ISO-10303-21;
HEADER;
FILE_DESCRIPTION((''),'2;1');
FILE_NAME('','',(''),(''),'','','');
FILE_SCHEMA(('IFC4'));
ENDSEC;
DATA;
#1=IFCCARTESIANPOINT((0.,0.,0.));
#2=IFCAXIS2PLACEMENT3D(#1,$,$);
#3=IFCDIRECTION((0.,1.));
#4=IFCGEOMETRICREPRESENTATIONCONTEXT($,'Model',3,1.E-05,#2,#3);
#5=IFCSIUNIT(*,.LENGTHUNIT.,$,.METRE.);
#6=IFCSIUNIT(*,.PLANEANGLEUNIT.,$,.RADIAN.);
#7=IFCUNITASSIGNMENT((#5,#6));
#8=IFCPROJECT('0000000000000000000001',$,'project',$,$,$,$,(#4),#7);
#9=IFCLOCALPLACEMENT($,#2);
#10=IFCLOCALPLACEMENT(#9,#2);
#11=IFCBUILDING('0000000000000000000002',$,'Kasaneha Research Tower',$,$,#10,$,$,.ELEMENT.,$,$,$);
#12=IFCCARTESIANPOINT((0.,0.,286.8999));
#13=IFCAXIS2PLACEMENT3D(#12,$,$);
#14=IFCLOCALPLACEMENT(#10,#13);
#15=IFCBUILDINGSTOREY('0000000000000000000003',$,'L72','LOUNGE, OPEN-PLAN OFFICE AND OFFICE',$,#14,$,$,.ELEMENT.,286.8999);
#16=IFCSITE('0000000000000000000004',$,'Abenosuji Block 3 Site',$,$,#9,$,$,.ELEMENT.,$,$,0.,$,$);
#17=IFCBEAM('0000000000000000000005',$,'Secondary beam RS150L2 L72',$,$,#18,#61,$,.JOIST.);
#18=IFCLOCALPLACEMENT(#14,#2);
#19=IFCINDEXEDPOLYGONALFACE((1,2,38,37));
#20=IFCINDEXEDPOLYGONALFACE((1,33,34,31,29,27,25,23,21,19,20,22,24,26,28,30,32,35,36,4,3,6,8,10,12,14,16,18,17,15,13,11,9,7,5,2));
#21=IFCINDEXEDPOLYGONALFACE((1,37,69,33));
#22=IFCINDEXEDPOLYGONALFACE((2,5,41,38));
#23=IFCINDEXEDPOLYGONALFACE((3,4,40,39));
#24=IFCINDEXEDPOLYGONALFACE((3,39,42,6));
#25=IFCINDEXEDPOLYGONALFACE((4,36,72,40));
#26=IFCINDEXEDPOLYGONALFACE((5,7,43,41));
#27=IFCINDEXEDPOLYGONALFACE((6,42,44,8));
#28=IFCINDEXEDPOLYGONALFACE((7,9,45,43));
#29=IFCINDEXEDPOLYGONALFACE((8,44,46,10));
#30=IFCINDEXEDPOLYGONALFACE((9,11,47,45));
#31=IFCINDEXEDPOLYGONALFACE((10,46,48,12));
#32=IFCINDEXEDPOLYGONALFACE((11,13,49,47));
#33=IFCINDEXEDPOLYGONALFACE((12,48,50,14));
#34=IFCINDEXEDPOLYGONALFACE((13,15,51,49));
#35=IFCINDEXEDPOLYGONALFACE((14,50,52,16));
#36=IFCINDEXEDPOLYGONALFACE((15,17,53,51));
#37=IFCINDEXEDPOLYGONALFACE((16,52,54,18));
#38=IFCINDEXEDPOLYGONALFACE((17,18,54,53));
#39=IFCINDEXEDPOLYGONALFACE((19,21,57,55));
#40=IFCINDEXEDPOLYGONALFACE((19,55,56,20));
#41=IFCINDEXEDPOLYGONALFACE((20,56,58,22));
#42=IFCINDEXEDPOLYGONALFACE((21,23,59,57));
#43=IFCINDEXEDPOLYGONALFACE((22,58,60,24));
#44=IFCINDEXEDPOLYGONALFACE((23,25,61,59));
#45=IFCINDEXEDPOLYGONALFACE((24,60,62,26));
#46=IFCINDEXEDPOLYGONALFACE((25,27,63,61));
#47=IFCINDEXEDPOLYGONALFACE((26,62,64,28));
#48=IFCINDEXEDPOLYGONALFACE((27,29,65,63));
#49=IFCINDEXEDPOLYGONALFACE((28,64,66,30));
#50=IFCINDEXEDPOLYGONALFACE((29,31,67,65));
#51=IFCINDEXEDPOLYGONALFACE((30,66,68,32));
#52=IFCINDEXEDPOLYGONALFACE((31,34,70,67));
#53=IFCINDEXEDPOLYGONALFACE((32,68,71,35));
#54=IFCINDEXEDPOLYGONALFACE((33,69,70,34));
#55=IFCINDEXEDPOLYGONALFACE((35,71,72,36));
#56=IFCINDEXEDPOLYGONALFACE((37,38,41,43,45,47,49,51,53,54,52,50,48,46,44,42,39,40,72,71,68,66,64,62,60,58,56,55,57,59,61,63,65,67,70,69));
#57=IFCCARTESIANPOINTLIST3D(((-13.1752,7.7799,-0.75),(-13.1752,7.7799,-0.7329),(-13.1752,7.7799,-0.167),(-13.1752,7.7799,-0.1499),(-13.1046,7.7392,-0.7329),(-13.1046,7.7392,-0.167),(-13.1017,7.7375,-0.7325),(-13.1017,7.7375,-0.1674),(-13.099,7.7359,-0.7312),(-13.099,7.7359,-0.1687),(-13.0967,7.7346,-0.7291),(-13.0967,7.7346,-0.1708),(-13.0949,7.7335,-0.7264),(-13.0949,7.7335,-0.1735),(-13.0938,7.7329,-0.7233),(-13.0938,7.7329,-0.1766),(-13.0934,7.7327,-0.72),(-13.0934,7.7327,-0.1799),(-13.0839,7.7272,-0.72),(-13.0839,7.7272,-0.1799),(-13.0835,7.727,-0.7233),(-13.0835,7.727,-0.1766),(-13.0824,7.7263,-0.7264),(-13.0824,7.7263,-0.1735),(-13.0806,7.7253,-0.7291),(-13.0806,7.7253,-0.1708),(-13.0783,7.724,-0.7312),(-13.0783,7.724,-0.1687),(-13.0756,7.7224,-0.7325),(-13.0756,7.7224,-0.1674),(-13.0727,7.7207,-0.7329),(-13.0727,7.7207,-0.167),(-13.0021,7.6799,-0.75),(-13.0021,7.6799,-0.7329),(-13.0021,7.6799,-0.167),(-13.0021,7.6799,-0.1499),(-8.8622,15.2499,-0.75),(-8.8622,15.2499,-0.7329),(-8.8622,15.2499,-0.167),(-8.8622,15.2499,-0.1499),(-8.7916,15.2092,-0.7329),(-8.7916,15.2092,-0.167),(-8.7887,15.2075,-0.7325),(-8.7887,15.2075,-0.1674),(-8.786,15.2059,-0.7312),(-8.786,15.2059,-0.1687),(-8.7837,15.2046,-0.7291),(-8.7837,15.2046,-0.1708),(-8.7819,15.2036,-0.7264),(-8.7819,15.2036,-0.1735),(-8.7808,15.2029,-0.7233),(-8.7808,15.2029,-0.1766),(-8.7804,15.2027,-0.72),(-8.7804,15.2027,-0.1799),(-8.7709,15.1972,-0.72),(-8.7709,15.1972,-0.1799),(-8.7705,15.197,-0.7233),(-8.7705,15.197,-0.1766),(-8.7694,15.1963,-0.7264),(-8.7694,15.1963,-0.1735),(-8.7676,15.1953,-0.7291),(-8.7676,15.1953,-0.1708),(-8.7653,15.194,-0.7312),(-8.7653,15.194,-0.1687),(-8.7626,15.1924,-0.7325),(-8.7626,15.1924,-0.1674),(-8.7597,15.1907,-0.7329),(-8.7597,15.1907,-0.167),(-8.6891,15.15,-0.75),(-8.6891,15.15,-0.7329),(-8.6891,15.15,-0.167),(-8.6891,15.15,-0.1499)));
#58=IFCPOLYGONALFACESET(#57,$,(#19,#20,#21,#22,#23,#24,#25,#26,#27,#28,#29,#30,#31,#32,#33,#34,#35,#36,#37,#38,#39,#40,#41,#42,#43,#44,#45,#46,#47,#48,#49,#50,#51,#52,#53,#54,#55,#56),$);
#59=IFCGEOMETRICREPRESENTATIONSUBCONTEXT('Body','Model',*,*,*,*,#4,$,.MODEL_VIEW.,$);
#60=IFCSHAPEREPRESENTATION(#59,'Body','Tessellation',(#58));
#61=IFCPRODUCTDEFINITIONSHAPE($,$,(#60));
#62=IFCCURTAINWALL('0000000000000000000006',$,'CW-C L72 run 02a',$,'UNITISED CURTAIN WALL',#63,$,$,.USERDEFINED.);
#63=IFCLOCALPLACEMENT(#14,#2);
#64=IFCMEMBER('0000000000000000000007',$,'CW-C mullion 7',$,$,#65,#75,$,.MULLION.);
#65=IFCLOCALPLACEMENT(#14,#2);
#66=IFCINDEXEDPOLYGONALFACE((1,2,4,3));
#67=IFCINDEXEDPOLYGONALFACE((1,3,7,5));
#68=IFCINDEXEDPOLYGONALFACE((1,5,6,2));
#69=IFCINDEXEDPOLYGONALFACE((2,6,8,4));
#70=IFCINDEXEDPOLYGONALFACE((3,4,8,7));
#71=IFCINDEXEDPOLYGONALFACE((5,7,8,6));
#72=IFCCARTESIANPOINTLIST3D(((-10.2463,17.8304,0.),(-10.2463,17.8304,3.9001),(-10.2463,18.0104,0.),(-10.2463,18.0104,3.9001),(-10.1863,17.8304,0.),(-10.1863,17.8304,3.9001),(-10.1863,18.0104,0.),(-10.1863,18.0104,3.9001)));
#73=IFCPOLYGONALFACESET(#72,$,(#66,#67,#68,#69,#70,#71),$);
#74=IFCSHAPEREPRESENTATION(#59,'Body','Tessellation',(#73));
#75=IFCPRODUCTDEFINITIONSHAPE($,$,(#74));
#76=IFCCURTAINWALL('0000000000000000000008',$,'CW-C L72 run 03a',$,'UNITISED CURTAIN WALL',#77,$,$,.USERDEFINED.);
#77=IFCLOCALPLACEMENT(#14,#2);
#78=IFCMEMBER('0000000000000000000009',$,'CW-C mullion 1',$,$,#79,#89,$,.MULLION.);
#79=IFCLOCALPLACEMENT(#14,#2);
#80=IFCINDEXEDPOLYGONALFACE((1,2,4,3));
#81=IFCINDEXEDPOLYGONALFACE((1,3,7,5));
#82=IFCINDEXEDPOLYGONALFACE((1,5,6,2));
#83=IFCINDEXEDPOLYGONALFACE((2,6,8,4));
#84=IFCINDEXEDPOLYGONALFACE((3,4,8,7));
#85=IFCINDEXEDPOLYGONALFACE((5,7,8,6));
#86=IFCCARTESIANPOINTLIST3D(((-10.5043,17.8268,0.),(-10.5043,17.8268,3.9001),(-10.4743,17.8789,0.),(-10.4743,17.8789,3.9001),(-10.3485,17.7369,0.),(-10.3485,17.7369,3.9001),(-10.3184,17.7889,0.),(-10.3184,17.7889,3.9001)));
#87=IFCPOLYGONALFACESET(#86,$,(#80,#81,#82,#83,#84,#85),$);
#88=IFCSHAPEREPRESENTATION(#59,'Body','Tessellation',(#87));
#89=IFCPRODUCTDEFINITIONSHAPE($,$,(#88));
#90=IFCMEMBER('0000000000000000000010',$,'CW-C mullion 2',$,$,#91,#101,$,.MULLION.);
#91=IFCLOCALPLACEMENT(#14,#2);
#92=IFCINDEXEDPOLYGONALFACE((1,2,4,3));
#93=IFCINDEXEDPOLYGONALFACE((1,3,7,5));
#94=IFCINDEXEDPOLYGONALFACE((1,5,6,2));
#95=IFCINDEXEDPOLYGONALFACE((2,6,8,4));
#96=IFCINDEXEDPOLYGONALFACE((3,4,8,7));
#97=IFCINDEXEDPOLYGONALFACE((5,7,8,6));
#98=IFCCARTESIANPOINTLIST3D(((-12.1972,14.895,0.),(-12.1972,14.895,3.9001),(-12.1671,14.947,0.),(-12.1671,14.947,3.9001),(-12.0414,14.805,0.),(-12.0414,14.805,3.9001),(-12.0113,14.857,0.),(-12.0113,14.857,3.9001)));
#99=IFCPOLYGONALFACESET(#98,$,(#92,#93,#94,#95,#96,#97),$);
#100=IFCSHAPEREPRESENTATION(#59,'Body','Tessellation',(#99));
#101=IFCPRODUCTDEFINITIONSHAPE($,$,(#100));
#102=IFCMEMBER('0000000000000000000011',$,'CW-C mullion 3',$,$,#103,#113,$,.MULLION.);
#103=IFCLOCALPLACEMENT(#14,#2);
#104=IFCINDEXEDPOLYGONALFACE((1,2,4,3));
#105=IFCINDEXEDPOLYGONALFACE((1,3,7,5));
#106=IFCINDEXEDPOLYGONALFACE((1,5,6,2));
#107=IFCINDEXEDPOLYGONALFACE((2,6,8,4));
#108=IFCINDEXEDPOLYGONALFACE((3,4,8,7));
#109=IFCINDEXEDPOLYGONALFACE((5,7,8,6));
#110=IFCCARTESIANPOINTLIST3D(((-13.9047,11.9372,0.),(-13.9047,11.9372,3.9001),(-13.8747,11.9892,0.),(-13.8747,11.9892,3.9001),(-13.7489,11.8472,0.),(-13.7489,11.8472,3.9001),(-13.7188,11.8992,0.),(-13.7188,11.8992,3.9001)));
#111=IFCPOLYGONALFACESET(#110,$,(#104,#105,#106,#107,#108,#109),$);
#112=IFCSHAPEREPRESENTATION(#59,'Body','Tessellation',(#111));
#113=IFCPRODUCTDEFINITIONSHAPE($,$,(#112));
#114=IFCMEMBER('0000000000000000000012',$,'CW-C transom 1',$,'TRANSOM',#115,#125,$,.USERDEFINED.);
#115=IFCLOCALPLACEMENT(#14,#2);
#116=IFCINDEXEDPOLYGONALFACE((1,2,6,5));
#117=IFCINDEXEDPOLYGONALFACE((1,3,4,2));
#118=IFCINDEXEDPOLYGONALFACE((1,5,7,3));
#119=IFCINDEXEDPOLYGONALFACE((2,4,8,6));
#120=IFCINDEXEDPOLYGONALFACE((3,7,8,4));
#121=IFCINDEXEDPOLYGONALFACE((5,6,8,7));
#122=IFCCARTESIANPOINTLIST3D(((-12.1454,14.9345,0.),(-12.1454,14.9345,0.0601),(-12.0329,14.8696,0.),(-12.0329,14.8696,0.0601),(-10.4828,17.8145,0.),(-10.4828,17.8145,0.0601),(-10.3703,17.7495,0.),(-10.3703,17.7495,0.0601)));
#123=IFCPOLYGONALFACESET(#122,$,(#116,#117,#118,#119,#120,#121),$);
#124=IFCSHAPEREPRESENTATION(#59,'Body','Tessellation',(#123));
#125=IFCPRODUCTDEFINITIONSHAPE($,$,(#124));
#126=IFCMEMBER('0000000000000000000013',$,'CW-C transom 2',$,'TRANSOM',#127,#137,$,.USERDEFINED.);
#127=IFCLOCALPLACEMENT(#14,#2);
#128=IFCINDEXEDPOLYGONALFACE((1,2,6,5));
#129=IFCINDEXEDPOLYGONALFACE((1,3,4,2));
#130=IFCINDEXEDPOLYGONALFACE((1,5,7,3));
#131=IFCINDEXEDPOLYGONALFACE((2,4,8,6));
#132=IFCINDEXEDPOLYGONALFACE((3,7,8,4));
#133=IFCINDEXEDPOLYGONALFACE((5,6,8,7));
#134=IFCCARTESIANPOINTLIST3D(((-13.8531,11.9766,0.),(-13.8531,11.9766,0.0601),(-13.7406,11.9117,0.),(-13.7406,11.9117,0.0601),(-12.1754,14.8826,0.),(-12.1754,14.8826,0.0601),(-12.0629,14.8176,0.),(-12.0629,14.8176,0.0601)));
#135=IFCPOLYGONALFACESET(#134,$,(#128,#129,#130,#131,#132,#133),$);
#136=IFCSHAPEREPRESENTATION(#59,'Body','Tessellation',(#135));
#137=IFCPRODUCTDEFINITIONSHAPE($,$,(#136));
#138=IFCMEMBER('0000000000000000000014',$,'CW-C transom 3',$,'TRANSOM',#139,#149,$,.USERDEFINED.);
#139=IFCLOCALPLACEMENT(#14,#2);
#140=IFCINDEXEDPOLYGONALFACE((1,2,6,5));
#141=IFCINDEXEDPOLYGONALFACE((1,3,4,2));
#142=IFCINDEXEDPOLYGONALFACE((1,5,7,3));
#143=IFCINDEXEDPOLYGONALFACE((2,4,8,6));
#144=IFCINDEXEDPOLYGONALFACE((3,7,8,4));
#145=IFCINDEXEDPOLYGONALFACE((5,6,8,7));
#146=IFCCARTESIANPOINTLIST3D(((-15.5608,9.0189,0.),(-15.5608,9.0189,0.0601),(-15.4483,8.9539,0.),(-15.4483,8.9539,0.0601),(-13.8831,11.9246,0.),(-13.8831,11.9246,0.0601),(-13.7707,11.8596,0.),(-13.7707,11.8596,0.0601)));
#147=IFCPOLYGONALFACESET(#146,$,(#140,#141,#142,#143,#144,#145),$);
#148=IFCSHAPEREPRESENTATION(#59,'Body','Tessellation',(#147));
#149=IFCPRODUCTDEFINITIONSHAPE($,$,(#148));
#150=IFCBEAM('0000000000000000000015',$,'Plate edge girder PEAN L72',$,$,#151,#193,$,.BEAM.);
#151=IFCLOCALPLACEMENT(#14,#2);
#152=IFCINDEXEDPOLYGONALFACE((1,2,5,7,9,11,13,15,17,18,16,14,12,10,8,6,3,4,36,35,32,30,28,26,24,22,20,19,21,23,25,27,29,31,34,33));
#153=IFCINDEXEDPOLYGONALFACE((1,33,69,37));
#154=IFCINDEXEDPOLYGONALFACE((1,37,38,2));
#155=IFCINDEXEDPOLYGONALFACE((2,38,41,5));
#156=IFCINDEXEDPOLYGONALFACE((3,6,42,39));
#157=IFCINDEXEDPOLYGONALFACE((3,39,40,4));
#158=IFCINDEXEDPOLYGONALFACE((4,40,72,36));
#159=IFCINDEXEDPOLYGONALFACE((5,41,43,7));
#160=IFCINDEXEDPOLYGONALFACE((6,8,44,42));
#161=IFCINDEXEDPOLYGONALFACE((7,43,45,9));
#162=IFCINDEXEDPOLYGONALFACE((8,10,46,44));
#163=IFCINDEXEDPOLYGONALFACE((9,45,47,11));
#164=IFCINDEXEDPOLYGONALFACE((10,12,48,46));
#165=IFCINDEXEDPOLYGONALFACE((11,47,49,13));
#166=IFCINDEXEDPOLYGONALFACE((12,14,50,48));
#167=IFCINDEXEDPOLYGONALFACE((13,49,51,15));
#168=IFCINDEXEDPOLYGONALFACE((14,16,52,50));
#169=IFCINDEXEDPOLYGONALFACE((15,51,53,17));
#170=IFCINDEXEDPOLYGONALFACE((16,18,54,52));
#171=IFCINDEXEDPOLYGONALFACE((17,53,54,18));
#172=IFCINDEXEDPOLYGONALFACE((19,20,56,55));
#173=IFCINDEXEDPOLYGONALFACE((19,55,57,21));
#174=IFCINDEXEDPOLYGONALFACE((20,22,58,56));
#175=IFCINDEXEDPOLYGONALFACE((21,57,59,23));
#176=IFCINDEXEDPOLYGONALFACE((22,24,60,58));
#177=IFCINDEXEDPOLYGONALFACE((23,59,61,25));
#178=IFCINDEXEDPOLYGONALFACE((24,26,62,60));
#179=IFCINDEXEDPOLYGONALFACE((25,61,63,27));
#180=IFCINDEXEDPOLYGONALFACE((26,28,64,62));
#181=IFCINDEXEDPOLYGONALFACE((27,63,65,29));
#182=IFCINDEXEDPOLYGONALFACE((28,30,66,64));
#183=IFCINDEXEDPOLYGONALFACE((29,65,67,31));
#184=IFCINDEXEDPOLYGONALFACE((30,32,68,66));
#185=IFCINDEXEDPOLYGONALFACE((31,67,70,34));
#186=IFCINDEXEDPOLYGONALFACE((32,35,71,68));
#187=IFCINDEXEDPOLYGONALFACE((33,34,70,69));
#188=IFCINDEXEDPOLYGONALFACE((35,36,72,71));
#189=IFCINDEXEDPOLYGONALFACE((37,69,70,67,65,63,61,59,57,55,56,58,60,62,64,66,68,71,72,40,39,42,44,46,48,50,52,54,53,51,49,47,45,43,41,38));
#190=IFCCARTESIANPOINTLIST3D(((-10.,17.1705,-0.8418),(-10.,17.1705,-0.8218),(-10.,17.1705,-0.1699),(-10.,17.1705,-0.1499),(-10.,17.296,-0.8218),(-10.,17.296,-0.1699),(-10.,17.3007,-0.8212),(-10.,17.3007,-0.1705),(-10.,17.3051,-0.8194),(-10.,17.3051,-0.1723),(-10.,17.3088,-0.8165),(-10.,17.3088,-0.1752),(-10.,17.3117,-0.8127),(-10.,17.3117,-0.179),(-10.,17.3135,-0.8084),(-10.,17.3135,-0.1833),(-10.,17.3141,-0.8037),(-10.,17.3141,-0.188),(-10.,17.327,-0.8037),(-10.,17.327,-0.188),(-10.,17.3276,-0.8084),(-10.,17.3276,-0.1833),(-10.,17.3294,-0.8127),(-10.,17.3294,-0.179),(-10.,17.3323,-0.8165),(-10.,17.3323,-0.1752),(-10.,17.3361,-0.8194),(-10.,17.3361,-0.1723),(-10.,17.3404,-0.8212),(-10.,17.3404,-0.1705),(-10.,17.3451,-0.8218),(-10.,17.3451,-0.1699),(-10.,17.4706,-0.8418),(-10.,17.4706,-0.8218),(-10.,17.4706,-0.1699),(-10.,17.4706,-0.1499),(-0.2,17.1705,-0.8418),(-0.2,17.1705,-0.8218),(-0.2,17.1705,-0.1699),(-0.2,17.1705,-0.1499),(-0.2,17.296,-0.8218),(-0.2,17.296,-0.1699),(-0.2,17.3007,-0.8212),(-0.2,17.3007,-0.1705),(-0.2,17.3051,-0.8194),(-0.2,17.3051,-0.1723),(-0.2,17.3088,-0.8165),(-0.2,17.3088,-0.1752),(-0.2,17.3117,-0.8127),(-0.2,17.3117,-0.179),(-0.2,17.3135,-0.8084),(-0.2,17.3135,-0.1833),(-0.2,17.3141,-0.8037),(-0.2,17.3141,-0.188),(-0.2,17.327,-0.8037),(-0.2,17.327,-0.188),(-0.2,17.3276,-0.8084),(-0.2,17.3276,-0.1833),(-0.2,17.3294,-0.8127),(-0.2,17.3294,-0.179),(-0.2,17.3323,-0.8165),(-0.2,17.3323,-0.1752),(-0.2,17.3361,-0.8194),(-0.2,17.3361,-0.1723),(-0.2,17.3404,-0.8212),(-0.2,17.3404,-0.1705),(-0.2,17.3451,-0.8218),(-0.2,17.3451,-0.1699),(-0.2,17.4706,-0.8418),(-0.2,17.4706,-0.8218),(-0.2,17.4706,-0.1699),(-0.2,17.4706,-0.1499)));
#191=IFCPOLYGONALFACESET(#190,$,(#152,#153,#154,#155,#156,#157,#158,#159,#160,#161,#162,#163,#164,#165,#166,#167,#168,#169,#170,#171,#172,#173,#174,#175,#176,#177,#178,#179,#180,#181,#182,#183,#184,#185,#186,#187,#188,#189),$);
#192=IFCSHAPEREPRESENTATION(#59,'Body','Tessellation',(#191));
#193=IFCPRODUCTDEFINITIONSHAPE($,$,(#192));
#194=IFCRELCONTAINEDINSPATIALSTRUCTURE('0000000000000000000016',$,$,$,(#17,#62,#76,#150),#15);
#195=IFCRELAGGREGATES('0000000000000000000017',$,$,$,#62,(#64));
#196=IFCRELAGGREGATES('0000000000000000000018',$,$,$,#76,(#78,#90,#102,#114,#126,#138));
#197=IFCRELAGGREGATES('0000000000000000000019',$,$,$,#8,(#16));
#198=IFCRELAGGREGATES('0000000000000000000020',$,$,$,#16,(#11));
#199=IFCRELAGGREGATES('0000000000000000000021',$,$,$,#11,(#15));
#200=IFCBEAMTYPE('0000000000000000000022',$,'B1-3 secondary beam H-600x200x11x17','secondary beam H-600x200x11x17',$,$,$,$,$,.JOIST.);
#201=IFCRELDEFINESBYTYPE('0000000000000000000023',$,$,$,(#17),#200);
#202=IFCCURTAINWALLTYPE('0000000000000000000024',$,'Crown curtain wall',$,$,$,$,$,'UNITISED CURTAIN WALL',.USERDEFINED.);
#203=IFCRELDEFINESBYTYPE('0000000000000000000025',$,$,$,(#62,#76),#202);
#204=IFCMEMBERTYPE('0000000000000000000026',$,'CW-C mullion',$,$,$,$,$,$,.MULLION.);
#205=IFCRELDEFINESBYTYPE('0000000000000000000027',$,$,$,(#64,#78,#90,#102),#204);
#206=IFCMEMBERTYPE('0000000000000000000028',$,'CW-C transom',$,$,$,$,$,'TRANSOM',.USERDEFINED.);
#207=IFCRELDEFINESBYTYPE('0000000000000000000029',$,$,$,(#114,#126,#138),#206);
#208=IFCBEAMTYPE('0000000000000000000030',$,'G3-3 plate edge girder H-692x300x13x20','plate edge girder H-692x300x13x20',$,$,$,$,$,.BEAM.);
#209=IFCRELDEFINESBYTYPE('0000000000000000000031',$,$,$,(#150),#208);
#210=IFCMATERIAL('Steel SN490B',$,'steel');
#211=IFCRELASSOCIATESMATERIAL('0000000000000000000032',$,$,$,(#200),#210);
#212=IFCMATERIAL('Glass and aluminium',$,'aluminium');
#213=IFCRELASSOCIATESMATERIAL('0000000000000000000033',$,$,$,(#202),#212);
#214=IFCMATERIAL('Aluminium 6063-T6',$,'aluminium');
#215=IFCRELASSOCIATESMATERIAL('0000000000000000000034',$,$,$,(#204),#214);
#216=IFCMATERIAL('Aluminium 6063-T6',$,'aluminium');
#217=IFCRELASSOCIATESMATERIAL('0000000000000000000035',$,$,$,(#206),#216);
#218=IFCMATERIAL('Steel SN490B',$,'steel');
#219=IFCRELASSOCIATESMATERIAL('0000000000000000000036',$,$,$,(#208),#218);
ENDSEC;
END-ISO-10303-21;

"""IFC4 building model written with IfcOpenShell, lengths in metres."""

from ifc_helpers import new_model, si_unit, direction, frame, origin, origin_2d, place, context, subcontext, project, spatial, rectangle, i_section, extrude, material, material_profile, profile_set, type_object, element, aggregate, save


model = new_model("IFC4")

# Units and contexts
model_context = context("Model", 3, precision=1e-05, world=origin(), true_north=direction((0.0, 1.0)))
body_context = subcontext(model_context, "Body", "Model", "MODEL_VIEW")
ifc_project = project(units=[si_unit("LENGTHUNIT", "METRE"), si_unit("PLANEANGLEUNIT", "RADIAN")], contexts=[model_context])

# Site, building, storey
site_placement = place(None, origin())
site = spatial("IfcSite", under=ifc_project, at=site_placement, Name="Abenosuji Block 3 Site", CompositionType="ELEMENT", RefElevation=0.0)
building_placement = place(site_placement, origin())
building = spatial("IfcBuilding", under=site, at=building_placement, Name="Kasaneha Research Tower", CompositionType="ELEMENT")
storey_placement = place(building_placement, frame((0.0, 0.0, 286.8999)))
storey = spatial("IfcBuildingStorey", under=building, at=storey_placement, Name="L72", Description="LOUNGE, OPEN-PLAN OFFICE AND OFFICE", CompositionType="ELEMENT", Elevation=286.8999)

# Beam
ifc_material_1 = material(Name="Steel SN490B", Category="steel")
ifc_material_profile_1 = material_profile(ifc_material_1, i_section(OverallWidth=0.2, OverallDepth=0.6001, WebThickness=0.011, FlangeThickness=0.0171, FilletRadius=0.0129, at=origin_2d()), Name="H-600x200x11x17")
ifc_profile_set_1 = profile_set([ifc_material_profile_1], Name="Steel SN490B")
beam_type_1 = type_object("IfcBeamType", Name="B1-3 secondary beam H-600x200x11x17", Description="secondary beam H-600x200x11x17", PredefinedType="JOIST", material=ifc_profile_set_1)
beam_1_placement = place(storey_placement, frame((-8.7756, 15.2, -0.45), z_axis=(-0.500017, -0.866015, 0.0), x_axis=(0.866015, -0.500017, 0.0)))
element("IfcBeam", 1, at=beam_1_placement, inside=storey, type_object=beam_type_1, Name="Secondary beam RS150L2 L72", PredefinedType="JOIST", context=body_context, shape_type="SweptSolid", body=[
    extrude(i_section(OverallWidth=0.2, OverallDepth=0.6001, WebThickness=0.011, FlangeThickness=0.0171, FilletRadius=0.0129, at=origin_2d()), origin(), (0.0, 0.0, 1.0), 8.6257),
])

# Curtain wall, member
ifc_material_2 = material(Name="Glass and aluminium", Category="aluminium")
curtain_wall_type = type_object("IfcCurtainWallType", Name="Crown curtain wall", ElementType="UNITISED CURTAIN WALL", PredefinedType="USERDEFINED", material=ifc_material_2)
curtain_wall_1_placement = place(storey_placement, origin())
curtain_wall_1 = element("IfcCurtainWall", 2, at=curtain_wall_1_placement, inside=storey, type_object=curtain_wall_type, Name="CW-C L72 run 02a", ObjectType="UNITISED CURTAIN WALL", PredefinedType="USERDEFINED")
ifc_material_3 = material(Name="Aluminium 6063-T6", Category="aluminium")
ifc_material_profile_2 = material_profile(ifc_material_3, rectangle(XDim=0.0601, YDim=0.1799, at=origin_2d()), Name="CW-C mullion 60x180")
ifc_profile_set_2 = profile_set([ifc_material_profile_2], Name="Aluminium 6063-T6")
member_type_1 = type_object("IfcMemberType", Name="CW-C mullion", PredefinedType="MULLION", material=ifc_profile_set_2)
member_1_placement = place(storey_placement, frame((-10.2163, 17.9204, 0.0), z_axis=(0.0, 0.0, 1.0), x_axis=(-1.0, 0.0, 0.0)))
member_1 = element("IfcMember", 3, at=member_1_placement, type_object=member_type_1, Name="CW-C mullion 7", PredefinedType="MULLION", context=body_context, shape_type="SweptSolid", body=[
    extrude(rectangle(XDim=0.0601, YDim=0.1799, at=origin_2d()), origin(), (0.0, 0.0, 1.0), 3.9001),
])

# Curtain wall, members
curtain_wall_2_placement = place(storey_placement, origin())
curtain_wall_2 = element("IfcCurtainWall", 4, at=curtain_wall_2_placement, inside=storey, type_object=curtain_wall_type, Name="CW-C L72 run 03a", ObjectType="UNITISED CURTAIN WALL", PredefinedType="USERDEFINED")
member_2_placement = place(storey_placement, frame((-10.4114, 17.8079, 0.0), z_axis=(0.0, 0.0, 1.0), x_axis=(-0.5, -0.866025, 0.0)))
member_2 = element("IfcMember", 5, at=member_2_placement, type_object=member_type_1, Name="CW-C mullion 1", PredefinedType="MULLION", context=body_context, shape_type="SweptSolid", body=[
    extrude(rectangle(XDim=0.0601, YDim=0.1799, at=origin_2d()), origin(), (0.0, 0.0, 1.0), 3.9001),
])
member_3_placement = place(storey_placement, frame((-12.1042, 14.876, 0.0), z_axis=(0.0, 0.0, 1.0), x_axis=(-0.5, -0.866025, 0.0)))
member_3 = element("IfcMember", 6, at=member_3_placement, type_object=member_type_1, Name="CW-C mullion 2", PredefinedType="MULLION", context=body_context, shape_type="SweptSolid", body=[
    extrude(rectangle(XDim=0.0601, YDim=0.1799, at=origin_2d()), origin(), (0.0, 0.0, 1.0), 3.9001),
])
member_4_placement = place(storey_placement, frame((-13.8118, 11.9182, 0.0), z_axis=(0.0, 0.0, 1.0), x_axis=(-0.5, -0.866025, 0.0)))
member_4 = element("IfcMember", 7, at=member_4_placement, type_object=member_type_1, Name="CW-C mullion 3", PredefinedType="MULLION", context=body_context, shape_type="SweptSolid", body=[
    extrude(rectangle(XDim=0.0601, YDim=0.1799, at=origin_2d()), origin(), (0.0, 0.0, 1.0), 3.9001),
])
ifc_material_4 = material(Name="Aluminium 6063-T6", Category="aluminium")
ifc_material_profile_3 = material_profile(ifc_material_4, rectangle(XDim=0.1299, YDim=0.0601, at=origin_2d()), Name="CW-C transom 130x60")
ifc_profile_set_3 = profile_set([ifc_material_profile_3], Name="Aluminium 6063-T6")
member_type_2 = type_object("IfcMemberType", Name="CW-C transom", ElementType="TRANSOM", PredefinedType="USERDEFINED", material=ifc_profile_set_3)
member_5_placement = place(storey_placement, frame((-10.4265, 17.782, 0.03), z_axis=(-0.499977, -0.866039, 0.0), x_axis=(0.866039, -0.499977, 0.0)))
member_5 = element("IfcMember", 8, at=member_5_placement, type_object=member_type_2, Name="CW-C transom 1", ObjectType="TRANSOM", PredefinedType="USERDEFINED", context=body_context, shape_type="SweptSolid", body=[
    extrude(rectangle(XDim=0.1299, YDim=0.0601, at=origin_2d()), origin(), (0.0, 0.0, 1.0), 3.3254),
])
member_6_placement = place(storey_placement, frame((-12.1191, 14.8501, 0.03), z_axis=(-0.499989, -0.866032, 0.0), x_axis=(0.866032, -0.499989, 0.0)))
member_6 = element("IfcMember", 9, at=member_6_placement, type_object=member_type_2, Name="CW-C transom 2", ObjectType="TRANSOM", PredefinedType="USERDEFINED", context=body_context, shape_type="SweptSolid", body=[
    extrude(rectangle(XDim=0.1299, YDim=0.0601, at=origin_2d()), origin(), (0.0, 0.0, 1.0), 3.3555),
])
member_7_placement = place(storey_placement, frame((-13.8269, 11.8921, 0.03), z_axis=(-0.500021, -0.866014, 0.0), x_axis=(0.866014, -0.500021, 0.0)))
member_7 = element("IfcMember", 10, at=member_7_placement, type_object=member_type_2, Name="CW-C transom 3", ObjectType="TRANSOM", PredefinedType="USERDEFINED", context=body_context, shape_type="SweptSolid", body=[
    extrude(rectangle(XDim=0.1299, YDim=0.0601, at=origin_2d()), origin(), (0.0, 0.0, 1.0), 3.3552),
])

# Beam
ifc_material_5 = material(Name="Steel SN490B", Category="steel")
ifc_material_profile_4 = material_profile(ifc_material_5, i_section(OverallWidth=0.3, OverallDepth=0.6919, WebThickness=0.0129, FlangeThickness=0.02, FilletRadius=0.0181, at=origin_2d()), Name="H-692x300x13x20")
ifc_profile_set_4 = profile_set([ifc_material_profile_4], Name="Steel SN490B")
beam_type_2 = type_object("IfcBeamType", Name="G3-3 plate edge girder H-692x300x13x20", Description="plate edge girder H-692x300x13x20", PredefinedType="BEAM", material=ifc_profile_set_4)
beam_2_placement = place(storey_placement, frame((-10.0, 17.3206, -0.4958), z_axis=(1.0, 0.0, 0.0), x_axis=(0.0, 1.0, 0.0)))
element("IfcBeam", 11, at=beam_2_placement, inside=storey, type_object=beam_type_2, Name="Plate edge girder PEAN L72", PredefinedType="BEAM", context=body_context, shape_type="SweptSolid", body=[
    extrude(i_section(OverallWidth=0.3, OverallDepth=0.6919, WebThickness=0.0129, FlangeThickness=0.02, FilletRadius=0.0181, at=origin_2d()), origin(), (0.0, 0.0, 1.0), 9.8),
])

aggregate(curtain_wall_1, [member_1])
aggregate(curtain_wall_2, [member_2, member_3, member_4, member_5, member_6, member_7])

save(model, "model.ifc")
